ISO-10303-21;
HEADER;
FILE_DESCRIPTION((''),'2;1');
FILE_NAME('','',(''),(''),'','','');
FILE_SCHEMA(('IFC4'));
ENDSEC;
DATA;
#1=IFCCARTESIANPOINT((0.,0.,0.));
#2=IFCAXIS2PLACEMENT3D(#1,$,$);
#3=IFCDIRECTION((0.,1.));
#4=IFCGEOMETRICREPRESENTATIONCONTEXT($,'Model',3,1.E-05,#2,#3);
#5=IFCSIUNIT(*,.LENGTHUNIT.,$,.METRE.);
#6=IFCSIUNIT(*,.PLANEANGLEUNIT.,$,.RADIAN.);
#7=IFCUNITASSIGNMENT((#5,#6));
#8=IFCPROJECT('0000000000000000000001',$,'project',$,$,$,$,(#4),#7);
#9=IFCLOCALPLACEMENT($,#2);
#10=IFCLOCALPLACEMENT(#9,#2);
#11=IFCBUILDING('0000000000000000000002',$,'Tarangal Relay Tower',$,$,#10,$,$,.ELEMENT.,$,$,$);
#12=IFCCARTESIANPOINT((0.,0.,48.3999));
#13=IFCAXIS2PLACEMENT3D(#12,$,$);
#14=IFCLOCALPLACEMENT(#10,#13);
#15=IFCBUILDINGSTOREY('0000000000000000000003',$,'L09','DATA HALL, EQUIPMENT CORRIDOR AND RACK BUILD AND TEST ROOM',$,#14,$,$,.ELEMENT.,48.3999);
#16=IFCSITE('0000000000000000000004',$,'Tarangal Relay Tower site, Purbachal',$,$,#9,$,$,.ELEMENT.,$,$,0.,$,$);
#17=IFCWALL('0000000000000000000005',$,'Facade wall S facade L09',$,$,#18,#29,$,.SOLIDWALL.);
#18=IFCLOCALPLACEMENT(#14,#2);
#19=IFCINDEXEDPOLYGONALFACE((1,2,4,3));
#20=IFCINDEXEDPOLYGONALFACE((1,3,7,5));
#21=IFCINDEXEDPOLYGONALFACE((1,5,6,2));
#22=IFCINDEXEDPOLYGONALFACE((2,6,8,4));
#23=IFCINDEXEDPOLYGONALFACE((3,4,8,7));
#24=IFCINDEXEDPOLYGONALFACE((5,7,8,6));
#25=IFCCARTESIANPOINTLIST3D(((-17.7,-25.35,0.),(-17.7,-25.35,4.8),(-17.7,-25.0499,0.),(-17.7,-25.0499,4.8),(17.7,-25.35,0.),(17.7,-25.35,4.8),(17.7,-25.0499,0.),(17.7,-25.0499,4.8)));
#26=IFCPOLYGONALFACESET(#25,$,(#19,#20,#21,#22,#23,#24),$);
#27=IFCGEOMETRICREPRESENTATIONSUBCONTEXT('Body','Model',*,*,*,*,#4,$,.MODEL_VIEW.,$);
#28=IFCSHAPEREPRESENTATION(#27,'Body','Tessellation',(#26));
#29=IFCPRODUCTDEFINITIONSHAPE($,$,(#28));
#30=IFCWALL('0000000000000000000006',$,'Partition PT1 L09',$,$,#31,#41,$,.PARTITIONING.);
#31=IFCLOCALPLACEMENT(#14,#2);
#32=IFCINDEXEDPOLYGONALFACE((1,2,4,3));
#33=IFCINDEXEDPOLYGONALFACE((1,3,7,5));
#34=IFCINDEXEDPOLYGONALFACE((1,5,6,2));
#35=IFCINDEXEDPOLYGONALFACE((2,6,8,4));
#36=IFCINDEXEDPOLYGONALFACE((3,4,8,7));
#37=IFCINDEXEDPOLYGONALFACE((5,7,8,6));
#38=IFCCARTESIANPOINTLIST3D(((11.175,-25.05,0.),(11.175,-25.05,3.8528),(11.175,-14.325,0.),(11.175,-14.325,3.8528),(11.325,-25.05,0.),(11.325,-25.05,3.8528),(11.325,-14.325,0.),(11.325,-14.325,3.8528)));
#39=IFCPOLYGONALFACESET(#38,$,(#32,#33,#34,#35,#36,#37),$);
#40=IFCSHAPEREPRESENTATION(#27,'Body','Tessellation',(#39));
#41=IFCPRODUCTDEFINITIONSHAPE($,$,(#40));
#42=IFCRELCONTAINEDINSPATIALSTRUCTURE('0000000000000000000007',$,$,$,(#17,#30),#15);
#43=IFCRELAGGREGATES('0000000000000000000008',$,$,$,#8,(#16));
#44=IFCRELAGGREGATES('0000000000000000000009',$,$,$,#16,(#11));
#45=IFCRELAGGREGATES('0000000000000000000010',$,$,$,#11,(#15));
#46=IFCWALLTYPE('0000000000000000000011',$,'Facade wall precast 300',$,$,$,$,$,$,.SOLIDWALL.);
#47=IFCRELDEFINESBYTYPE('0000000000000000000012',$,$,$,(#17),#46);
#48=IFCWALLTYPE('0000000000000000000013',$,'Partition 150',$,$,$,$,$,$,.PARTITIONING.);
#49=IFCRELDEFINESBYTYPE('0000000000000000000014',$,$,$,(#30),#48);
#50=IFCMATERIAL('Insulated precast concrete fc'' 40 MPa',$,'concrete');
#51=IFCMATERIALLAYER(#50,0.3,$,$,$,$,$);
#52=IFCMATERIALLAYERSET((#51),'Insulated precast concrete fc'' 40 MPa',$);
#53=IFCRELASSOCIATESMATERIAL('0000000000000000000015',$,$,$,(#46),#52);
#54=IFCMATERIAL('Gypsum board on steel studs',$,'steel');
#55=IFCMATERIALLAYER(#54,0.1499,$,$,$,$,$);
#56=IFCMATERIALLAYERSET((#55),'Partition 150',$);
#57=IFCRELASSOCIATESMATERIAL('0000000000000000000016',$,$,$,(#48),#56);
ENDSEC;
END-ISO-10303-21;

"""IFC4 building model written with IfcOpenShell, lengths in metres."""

from ifc_helpers import new_model, si_unit, direction, frame, frame_2d, origin, place, context, subcontext, project, spatial, rectangle, extrude, material, layer, layer_set, type_object, element, save


model = new_model("IFC4")

# Units and contexts
model_context = context("Model", 3, precision=1e-05, world=origin(), true_north=direction((0.0, 1.0)))
body_context = subcontext(model_context, "Body", "Model", "MODEL_VIEW")
ifc_project = project(units=[si_unit("LENGTHUNIT", "METRE"), si_unit("PLANEANGLEUNIT", "RADIAN")], contexts=[model_context])

# Site, building, storey
site_placement = place(None, origin())
site = spatial("IfcSite", under=ifc_project, at=site_placement, Name="Tarangal Relay Tower site, Purbachal", CompositionType="ELEMENT", RefElevation=0.0)
building_placement = place(site_placement, origin())
building = spatial("IfcBuilding", under=site, at=building_placement, Name="Tarangal Relay Tower", CompositionType="ELEMENT")
storey_placement = place(building_placement, frame((0.0, 0.0, 48.3999)))
storey = spatial("IfcBuildingStorey", under=building, at=storey_placement, Name="L09", Description="DATA HALL, EQUIPMENT CORRIDOR AND RACK BUILD AND TEST ROOM", CompositionType="ELEMENT", Elevation=48.3999)

# Shared definitions
ifc_material_1 = material(Name="Insulated precast concrete fc' 40 MPa", Category="concrete")
ifc_layer_1 = layer(ifc_material_1, 0.3)
ifc_layer_set_1 = layer_set([ifc_layer_1], Name="Insulated precast concrete fc' 40 MPa")
wall_type_1 = type_object("IfcWallType", Name="Facade wall precast 300", PredefinedType="SOLIDWALL", material=ifc_layer_set_1)

# Walls
wall_1_placement = place(storey_placement, frame((17.7, -25.2, 0.0), z_axis=(0.0, 0.0, 1.0), x_axis=(-1.0, 0.0, 0.0)))
element("IfcWall", 1, at=wall_1_placement, inside=storey, type_object=wall_type_1, Name="Facade wall S facade L09", PredefinedType="SOLIDWALL", context=body_context, shape_type="SweptSolid", body=[
    extrude(rectangle(XDim=35.3999, YDim=0.3, at=frame_2d((17.7, 0.0))), origin(), (0.0, 0.0, 1.0), 4.8),
])
ifc_material_2 = material(Name="Gypsum board on steel studs", Category="steel")
ifc_layer_2 = layer(ifc_material_2, 0.1499)
ifc_layer_set_2 = layer_set([ifc_layer_2], Name="Partition 150")
wall_type_2 = type_object("IfcWallType", Name="Partition 150", PredefinedType="PARTITIONING", material=ifc_layer_set_2)
wall_2_placement = place(storey_placement, frame((11.25, -25.05, 0.0), z_axis=(0.0, 0.0, 1.0), x_axis=(0.0, 1.0, 0.0)))
element("IfcWall", 2, at=wall_2_placement, inside=storey, type_object=wall_type_2, Name="Partition PT1 L09", PredefinedType="PARTITIONING", context=body_context, shape_type="SweptSolid", body=[
    extrude(rectangle(XDim=10.7251, YDim=0.1499, at=frame_2d((5.3625, 0.0))), origin(), (0.0, 0.0, 1.0), 3.8528),
])

save(model, "model.ifc")
